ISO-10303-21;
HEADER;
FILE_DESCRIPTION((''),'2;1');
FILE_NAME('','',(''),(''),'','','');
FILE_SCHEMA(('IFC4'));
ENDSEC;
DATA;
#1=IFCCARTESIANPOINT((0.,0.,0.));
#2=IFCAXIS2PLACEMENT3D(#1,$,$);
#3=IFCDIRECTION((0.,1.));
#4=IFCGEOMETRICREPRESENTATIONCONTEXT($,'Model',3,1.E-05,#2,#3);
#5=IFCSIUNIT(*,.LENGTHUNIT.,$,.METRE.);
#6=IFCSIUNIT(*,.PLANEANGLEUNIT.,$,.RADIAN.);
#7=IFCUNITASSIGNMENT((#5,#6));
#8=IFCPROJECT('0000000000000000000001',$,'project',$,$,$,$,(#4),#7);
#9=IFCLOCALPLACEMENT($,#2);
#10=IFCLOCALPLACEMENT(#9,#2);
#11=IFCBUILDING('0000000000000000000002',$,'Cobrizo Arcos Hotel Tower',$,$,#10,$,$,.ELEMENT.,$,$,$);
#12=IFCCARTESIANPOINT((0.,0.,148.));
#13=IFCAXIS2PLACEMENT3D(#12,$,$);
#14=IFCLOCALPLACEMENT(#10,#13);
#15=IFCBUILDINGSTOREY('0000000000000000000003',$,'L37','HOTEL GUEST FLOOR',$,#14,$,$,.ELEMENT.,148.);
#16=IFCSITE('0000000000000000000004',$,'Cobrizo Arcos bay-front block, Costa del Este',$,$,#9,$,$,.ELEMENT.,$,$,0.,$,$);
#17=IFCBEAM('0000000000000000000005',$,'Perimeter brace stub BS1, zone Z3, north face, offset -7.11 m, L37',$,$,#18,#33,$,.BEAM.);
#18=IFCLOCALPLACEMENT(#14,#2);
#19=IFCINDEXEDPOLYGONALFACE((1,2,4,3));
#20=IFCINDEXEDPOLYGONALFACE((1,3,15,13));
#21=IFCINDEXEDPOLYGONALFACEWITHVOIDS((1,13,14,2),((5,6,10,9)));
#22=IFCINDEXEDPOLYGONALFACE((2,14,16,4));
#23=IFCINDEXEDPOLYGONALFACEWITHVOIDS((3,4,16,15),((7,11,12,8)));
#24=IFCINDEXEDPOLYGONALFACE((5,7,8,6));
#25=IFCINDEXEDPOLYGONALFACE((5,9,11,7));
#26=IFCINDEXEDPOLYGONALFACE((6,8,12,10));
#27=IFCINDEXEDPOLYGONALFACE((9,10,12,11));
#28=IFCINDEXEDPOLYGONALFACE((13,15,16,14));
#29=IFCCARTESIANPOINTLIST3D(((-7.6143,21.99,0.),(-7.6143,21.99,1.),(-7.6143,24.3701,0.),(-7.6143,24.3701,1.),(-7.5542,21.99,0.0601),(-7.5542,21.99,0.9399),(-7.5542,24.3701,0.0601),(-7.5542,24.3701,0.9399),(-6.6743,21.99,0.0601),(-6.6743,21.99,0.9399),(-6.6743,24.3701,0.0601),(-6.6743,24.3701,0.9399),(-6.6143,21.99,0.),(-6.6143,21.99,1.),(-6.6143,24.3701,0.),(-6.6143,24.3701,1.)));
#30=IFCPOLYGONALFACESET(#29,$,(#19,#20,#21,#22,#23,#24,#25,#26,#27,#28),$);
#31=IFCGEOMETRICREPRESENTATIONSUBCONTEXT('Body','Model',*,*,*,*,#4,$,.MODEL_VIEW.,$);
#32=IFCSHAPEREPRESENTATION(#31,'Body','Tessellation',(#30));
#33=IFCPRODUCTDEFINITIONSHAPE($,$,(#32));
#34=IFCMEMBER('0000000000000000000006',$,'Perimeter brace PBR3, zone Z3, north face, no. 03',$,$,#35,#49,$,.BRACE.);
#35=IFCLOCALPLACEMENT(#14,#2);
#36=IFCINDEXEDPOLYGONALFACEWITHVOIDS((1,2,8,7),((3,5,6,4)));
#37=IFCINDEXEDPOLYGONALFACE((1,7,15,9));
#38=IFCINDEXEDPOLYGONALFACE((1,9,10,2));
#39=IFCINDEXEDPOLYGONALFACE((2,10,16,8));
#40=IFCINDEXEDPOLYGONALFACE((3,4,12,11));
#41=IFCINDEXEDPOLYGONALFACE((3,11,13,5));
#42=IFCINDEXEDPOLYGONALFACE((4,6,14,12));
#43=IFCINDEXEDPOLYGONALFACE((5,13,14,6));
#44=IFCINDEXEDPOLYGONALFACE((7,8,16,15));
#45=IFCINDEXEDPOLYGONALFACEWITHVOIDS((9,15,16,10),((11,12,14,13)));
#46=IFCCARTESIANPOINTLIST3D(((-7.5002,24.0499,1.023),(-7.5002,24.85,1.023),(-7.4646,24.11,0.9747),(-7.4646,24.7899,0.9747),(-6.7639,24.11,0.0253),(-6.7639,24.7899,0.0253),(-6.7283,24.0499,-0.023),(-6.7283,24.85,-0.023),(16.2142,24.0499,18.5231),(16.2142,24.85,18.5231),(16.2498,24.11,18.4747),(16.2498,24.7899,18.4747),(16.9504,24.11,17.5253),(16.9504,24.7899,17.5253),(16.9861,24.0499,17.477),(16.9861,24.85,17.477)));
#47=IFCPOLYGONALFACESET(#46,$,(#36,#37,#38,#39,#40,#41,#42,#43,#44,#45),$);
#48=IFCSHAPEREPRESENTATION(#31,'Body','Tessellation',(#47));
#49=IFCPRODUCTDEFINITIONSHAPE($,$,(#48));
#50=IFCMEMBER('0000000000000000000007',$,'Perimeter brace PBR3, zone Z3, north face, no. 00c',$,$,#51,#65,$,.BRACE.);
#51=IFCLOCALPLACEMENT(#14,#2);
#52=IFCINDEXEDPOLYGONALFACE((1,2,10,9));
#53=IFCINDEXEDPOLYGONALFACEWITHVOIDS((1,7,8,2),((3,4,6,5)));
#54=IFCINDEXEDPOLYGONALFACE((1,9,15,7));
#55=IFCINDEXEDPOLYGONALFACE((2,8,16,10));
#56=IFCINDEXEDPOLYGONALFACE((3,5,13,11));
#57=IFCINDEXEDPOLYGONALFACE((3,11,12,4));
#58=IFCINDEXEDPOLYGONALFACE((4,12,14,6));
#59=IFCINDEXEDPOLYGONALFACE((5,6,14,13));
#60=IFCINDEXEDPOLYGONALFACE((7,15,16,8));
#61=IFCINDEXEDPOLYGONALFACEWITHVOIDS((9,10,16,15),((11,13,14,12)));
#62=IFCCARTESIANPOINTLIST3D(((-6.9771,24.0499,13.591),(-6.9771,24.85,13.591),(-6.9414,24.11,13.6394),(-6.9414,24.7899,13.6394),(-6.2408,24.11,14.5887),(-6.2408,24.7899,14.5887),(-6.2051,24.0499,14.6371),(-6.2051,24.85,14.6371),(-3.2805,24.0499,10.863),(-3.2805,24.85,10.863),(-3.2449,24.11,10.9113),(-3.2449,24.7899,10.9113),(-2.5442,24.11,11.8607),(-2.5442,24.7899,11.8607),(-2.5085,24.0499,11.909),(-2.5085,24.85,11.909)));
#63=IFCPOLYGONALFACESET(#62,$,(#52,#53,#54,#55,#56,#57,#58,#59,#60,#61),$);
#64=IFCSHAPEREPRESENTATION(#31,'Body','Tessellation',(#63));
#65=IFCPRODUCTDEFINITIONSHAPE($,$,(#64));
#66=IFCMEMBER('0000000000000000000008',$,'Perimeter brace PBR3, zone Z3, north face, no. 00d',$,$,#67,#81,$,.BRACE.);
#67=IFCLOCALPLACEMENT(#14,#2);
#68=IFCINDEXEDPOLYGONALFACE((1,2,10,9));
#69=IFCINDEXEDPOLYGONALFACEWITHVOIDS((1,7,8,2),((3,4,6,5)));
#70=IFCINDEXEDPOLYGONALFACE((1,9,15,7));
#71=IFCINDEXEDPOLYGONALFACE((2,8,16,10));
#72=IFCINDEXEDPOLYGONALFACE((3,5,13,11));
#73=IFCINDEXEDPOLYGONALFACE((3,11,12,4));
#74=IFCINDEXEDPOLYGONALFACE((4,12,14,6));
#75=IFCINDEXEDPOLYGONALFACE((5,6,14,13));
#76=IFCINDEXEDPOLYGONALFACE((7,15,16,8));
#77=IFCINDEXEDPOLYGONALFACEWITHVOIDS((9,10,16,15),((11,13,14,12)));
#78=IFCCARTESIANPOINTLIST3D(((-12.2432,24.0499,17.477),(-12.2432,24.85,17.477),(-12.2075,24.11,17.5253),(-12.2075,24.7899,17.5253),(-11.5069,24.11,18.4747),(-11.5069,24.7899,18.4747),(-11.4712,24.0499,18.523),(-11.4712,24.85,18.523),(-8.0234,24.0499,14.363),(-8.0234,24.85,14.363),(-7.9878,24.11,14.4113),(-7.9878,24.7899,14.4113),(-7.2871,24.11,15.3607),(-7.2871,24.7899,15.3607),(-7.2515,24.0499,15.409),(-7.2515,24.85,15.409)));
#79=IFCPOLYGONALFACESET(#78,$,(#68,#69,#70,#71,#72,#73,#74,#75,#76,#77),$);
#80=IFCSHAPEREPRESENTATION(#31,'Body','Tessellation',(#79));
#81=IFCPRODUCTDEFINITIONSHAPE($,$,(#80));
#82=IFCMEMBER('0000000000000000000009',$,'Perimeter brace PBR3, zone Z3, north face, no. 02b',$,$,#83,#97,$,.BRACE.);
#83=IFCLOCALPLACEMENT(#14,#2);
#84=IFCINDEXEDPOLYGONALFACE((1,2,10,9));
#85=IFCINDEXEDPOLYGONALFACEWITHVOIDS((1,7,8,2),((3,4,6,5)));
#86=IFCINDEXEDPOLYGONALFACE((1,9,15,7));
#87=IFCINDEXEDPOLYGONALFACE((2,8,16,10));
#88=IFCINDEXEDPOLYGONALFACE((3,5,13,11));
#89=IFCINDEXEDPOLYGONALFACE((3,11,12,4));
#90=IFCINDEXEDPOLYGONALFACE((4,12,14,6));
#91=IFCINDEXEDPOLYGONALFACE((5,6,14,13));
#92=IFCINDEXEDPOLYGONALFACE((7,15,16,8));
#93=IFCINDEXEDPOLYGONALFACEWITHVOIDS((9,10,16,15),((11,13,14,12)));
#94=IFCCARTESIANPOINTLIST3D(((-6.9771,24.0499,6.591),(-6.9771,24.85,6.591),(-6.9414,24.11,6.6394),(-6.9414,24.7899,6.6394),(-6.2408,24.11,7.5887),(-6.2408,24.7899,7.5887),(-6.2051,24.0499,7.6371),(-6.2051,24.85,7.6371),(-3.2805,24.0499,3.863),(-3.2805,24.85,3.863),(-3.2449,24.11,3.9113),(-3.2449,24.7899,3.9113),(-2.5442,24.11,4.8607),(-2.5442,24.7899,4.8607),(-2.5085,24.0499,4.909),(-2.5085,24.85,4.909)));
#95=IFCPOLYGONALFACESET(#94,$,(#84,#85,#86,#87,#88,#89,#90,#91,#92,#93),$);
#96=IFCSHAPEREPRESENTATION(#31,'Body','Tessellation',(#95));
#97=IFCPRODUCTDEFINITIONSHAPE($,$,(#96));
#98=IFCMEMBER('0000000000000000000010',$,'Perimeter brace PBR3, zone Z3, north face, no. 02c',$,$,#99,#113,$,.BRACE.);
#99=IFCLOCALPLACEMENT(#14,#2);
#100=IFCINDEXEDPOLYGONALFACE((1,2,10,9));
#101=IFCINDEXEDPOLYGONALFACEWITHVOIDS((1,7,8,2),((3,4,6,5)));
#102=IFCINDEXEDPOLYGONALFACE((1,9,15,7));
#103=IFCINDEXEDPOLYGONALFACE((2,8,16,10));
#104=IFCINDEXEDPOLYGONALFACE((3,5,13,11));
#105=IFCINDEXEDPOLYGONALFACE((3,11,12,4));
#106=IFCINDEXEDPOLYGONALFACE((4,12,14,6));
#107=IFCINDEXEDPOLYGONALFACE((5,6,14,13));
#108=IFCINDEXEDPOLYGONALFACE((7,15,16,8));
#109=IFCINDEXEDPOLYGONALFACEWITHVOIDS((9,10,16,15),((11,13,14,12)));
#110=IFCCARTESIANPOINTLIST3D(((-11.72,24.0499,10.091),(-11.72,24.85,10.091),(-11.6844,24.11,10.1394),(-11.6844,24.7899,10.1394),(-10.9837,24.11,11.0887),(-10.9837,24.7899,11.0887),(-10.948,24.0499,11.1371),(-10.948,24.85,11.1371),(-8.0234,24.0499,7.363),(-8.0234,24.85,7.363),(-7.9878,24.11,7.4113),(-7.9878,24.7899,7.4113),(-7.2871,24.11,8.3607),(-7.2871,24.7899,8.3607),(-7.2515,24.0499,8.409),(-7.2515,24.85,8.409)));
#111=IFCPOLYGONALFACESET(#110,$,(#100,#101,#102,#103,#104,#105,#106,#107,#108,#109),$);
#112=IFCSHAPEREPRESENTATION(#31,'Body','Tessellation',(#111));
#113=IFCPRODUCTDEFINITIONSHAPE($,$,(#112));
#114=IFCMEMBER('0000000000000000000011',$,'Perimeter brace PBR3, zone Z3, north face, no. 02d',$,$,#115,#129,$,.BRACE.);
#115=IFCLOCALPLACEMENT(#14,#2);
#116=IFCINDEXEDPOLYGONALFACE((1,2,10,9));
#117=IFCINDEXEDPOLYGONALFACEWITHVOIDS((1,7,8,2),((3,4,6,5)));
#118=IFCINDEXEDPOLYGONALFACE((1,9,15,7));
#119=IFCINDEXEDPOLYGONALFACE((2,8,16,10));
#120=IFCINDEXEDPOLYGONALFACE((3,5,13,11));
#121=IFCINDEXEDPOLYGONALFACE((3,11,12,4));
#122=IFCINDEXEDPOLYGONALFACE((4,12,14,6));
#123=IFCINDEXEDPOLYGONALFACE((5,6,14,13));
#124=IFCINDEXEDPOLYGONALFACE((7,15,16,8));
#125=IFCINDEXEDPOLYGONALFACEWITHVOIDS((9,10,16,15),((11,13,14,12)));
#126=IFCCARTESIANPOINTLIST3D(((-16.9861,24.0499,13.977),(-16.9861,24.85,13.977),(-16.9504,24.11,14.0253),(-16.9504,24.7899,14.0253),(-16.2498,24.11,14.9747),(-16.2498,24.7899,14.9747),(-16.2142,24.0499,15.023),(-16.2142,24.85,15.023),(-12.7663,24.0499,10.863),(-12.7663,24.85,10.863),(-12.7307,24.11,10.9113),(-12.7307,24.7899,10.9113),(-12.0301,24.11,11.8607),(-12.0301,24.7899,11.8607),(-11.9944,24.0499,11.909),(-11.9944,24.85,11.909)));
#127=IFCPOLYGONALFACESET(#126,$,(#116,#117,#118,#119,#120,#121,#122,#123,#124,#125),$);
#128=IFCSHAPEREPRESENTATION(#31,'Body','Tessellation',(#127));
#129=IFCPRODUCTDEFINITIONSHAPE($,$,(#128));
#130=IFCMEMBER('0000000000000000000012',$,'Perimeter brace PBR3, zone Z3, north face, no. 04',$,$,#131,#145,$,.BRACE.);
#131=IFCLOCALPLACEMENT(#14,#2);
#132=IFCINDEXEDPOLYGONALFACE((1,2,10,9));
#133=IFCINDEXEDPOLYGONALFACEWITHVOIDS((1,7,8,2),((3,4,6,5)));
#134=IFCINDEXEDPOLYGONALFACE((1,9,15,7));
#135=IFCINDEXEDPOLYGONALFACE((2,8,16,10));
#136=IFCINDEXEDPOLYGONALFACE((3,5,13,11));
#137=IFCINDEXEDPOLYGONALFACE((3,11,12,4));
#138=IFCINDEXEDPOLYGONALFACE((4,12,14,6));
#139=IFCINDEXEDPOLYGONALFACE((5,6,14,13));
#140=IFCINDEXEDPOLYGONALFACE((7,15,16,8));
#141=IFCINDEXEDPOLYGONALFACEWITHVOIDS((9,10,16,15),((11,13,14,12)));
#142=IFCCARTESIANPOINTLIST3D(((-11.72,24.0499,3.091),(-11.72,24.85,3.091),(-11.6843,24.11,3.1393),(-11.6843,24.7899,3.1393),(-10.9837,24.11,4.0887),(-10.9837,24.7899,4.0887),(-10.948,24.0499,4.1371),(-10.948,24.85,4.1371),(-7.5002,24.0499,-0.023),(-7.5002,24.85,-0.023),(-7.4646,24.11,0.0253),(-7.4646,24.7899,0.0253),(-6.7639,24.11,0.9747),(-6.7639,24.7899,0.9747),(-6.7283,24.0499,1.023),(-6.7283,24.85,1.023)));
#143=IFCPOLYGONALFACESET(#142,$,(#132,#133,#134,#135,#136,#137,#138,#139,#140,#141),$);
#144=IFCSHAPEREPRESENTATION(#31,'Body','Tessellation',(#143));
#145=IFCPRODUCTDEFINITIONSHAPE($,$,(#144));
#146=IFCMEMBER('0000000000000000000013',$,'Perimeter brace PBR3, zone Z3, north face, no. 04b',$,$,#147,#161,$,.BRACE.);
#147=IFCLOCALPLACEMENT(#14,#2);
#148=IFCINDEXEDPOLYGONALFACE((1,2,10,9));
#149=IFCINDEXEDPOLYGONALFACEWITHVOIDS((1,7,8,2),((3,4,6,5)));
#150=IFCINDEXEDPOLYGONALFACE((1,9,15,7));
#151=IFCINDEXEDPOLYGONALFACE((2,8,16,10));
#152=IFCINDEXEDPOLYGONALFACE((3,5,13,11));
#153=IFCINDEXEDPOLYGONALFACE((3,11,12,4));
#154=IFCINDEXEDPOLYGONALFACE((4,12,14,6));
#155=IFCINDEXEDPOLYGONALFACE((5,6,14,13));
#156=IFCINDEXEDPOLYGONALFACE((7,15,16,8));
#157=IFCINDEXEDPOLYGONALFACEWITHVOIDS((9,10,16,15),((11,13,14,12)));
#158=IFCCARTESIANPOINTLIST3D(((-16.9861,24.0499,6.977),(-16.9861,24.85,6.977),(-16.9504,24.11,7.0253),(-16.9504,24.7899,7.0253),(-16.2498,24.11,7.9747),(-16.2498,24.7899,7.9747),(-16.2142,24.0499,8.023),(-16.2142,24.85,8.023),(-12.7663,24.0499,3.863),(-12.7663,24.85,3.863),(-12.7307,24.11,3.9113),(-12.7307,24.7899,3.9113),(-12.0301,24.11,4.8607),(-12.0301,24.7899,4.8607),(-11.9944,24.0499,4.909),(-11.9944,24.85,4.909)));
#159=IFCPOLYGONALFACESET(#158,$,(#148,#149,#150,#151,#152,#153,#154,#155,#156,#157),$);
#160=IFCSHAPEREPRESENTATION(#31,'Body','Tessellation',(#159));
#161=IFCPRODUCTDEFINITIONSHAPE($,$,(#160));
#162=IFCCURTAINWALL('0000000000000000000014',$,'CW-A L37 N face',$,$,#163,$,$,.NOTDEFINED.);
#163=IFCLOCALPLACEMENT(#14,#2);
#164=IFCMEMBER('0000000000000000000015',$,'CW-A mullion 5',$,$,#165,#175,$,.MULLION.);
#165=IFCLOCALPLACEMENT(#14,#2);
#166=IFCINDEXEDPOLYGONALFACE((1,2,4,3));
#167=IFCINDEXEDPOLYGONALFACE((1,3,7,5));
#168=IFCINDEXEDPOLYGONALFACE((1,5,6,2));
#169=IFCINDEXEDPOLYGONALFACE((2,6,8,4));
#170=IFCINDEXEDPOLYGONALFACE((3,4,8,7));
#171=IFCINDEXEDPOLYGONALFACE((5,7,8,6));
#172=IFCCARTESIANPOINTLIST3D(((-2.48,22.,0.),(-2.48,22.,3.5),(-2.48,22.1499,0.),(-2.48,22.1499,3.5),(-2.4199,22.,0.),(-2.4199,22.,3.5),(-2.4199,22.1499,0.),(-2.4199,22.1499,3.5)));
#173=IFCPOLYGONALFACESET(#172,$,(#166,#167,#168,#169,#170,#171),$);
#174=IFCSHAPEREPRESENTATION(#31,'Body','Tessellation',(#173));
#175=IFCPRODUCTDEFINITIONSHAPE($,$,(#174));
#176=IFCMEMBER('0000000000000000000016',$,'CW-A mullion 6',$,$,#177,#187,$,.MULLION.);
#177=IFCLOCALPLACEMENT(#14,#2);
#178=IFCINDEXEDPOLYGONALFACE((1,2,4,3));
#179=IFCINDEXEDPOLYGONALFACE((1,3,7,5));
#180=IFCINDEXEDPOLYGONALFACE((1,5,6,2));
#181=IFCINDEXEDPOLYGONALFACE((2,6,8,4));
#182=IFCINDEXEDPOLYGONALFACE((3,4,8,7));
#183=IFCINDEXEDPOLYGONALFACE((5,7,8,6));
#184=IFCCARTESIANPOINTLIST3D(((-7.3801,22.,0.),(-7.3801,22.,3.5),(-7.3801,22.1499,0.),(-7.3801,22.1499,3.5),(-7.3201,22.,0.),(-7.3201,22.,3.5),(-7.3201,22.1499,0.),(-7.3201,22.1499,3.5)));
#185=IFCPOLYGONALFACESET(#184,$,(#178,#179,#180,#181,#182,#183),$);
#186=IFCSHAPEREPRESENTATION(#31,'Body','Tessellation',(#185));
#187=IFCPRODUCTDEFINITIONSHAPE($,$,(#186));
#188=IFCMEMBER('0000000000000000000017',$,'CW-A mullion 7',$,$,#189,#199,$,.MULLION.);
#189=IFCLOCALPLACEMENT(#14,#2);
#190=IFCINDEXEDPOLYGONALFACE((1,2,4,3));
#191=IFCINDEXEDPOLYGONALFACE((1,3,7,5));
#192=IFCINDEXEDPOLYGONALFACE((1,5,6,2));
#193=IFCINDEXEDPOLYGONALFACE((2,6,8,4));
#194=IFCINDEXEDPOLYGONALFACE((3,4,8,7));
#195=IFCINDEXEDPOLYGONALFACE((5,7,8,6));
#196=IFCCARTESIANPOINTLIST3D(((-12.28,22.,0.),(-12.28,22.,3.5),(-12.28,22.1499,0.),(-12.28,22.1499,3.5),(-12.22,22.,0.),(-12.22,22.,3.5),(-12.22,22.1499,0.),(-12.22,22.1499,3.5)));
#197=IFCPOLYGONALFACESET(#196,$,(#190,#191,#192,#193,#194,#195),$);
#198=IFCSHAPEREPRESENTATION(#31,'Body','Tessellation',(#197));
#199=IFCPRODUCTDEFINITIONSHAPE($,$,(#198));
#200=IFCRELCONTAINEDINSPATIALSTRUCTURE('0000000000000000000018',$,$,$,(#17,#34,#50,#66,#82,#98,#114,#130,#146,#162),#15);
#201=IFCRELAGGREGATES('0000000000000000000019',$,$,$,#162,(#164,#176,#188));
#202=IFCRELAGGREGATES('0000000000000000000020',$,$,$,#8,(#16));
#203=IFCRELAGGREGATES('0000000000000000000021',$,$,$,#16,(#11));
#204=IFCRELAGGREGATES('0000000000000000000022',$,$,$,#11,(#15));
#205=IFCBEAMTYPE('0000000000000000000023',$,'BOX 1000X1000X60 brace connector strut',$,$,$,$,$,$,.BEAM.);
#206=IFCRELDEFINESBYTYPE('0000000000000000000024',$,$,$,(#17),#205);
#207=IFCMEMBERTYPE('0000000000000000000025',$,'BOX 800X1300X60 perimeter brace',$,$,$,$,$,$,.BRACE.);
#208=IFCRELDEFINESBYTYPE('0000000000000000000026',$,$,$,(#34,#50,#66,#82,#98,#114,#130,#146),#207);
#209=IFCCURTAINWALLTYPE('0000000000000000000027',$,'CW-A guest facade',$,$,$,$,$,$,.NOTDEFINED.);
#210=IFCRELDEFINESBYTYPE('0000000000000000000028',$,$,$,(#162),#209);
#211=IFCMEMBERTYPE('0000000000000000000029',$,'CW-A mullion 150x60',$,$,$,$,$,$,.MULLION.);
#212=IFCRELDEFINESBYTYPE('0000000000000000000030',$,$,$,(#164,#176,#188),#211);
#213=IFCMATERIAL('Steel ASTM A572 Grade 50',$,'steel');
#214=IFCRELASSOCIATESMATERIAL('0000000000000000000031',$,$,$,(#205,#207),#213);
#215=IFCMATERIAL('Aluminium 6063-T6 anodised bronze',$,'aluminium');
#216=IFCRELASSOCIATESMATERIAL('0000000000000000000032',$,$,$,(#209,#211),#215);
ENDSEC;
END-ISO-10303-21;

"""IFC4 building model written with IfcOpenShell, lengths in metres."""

from ifc_helpers import new_model, si_unit, direction, frame, origin, origin_2d, place, context, subcontext, project, spatial, rectangle, hollow_rectangle, extrude, material, material_profile, profile_set, type_object, element, aggregate, save


model = new_model("IFC4")

# Units and contexts
model_context = context("Model", 3, precision=1e-05, world=origin(), true_north=direction((0.0, 1.0)))
body_context = subcontext(model_context, "Body", "Model", "MODEL_VIEW")
ifc_project = project(units=[si_unit("LENGTHUNIT", "METRE"), si_unit("PLANEANGLEUNIT", "RADIAN")], contexts=[model_context])

# Site, building, storey
site_placement = place(None, origin())
site = spatial("IfcSite", under=ifc_project, at=site_placement, Name="Cobrizo Arcos bay-front block, Costa del Este", CompositionType="ELEMENT", RefElevation=0.0)
building_placement = place(site_placement, origin())
building = spatial("IfcBuilding", under=site, at=building_placement, Name="Cobrizo Arcos Hotel Tower", CompositionType="ELEMENT")
storey_placement = place(building_placement, frame((0.0, 0.0, 148.0)))
storey = spatial("IfcBuildingStorey", under=building, at=storey_placement, Name="L37", Description="HOTEL GUEST FLOOR", CompositionType="ELEMENT", Elevation=148.0)

# Beam
ifc_material_1 = material(Name="Steel ASTM A572 Grade 50", Category="steel")
ifc_material_profile_1 = material_profile(ifc_material_1, hollow_rectangle(XDim=1.0, YDim=1.0, WallThickness=0.0601, at=origin_2d()), Name="BOX 1000X1000X60")
ifc_profile_set_1 = profile_set([ifc_material_profile_1], Name="Steel ASTM A572 Grade 50")
beam_type = type_object("IfcBeamType", Name="BOX 1000X1000X60 brace connector strut", PredefinedType="BEAM", material=ifc_profile_set_1)
beam_placement = place(storey_placement, frame((-7.1143, 21.99, 0.5), z_axis=(0.0, 1.0, 0.0), x_axis=(-1.0, 0.0, 0.0)))
element("IfcBeam", 1, at=beam_placement, inside=storey, type_object=beam_type, Name="Perimeter brace stub BS1, zone Z3, north face, offset -7.11 m, L37", PredefinedType="BEAM", context=body_context, shape_type="SweptSolid", body=[
    extrude(hollow_rectangle(XDim=1.0, YDim=1.0, WallThickness=0.0601, at=origin_2d()), origin(), (0.0, 0.0, 1.0), 2.3801),
])

# Members
ifc_material_profile_2 = material_profile(ifc_material_1, hollow_rectangle(XDim=0.8, YDim=1.3, WallThickness=0.0601, at=origin_2d()), Name="BOX 800X1300X60")
ifc_profile_set_2 = profile_set([ifc_material_profile_2], Name="Steel ASTM A572 Grade 50")
member_type_1 = type_object("IfcMemberType", Name="BOX 800X1300X60 perimeter brace", PredefinedType="BRACE", material=ifc_profile_set_2)
member_1_placement = place(storey_placement, frame((-7.1143, 24.45, 0.5), z_axis=(0.80463, 0.0, 0.593776), x_axis=(0.0, 1.0, 0.0)))
element("IfcMember", 2, at=member_1_placement, inside=storey, type_object=member_type_1, Name="Perimeter brace PBR3, zone Z3, north face, no. 03", PredefinedType="BRACE", context=body_context, shape_type="SweptSolid", body=[
    extrude(hollow_rectangle(XDim=0.8, YDim=1.3, WallThickness=0.0601, at=origin_2d()), origin(), (0.0, 0.0, 1.0), 29.4724),
])
member_2_placement = place(storey_placement, frame((-2.8945, 24.45, 11.386), z_axis=(-0.804612, 0.0, 0.593801), x_axis=(0.0, -1.0, 0.0)))
element("IfcMember", 3, at=member_2_placement, inside=storey, type_object=member_type_1, Name="Perimeter brace PBR3, zone Z3, north face, no. 00c", PredefinedType="BRACE", context=body_context, shape_type="SweptSolid", body=[
    extrude(hollow_rectangle(XDim=0.8, YDim=1.3, WallThickness=0.0601, at=origin_2d()), origin(), (0.0, 0.0, 1.0), 4.5942),
])
member_3_placement = place(storey_placement, frame((-7.6375, 24.45, 14.886), z_axis=(-0.804624, 0.0, 0.593785), x_axis=(0.0, -1.0, 0.0)))
element("IfcMember", 4, at=member_3_placement, inside=storey, type_object=member_type_1, Name="Perimeter brace PBR3, zone Z3, north face, no. 00d", PredefinedType="BRACE", context=body_context, shape_type="SweptSolid", body=[
    extrude(hollow_rectangle(XDim=0.8, YDim=1.3, WallThickness=0.0601, at=origin_2d()), origin(), (0.0, 0.0, 1.0), 5.2444),
])
for number, where, z_axis, x_axis, name in (
    (5, (-2.8945, 24.45, 4.386), (-0.804612, 0.0, 0.593801), (0.0, -1.0, 0.0), "Perimeter brace PBR3, zone Z3, north face, no. 02b"),
    (6, (-7.6375, 24.45, 7.886), (-0.804612, 0.0, 0.593801), (0.0, -1.0, 0.0), "Perimeter brace PBR3, zone Z3, north face, no. 02c"),
):
    element("IfcMember", number, at=place(storey_placement, frame(where, z_axis=z_axis, x_axis=x_axis)), inside=storey, type_object=member_type_1, Name=name, PredefinedType="BRACE", context=body_context, shape_type="SweptSolid", body=[
        extrude(hollow_rectangle(XDim=0.8, YDim=1.3, WallThickness=0.0601, at=origin_2d()), origin(), (0.0, 0.0, 1.0), 4.5942),
    ])
for number, where, z_axis, x_axis, name in (
    (7, (-12.3804, 24.45, 11.386), (-0.804624, 0.0, 0.593785), (0.0, -1.0, 0.0), "Perimeter brace PBR3, zone Z3, north face, no. 02d"),
    (8, (-7.1143, 24.45, 0.5), (-0.804624, 0.0, 0.593785), (0.0, -1.0, 0.0), "Perimeter brace PBR3, zone Z3, north face, no. 04"),
    (9, (-12.3804, 24.45, 4.386), (-0.804624, 0.0, 0.593785), (0.0, -1.0, 0.0), "Perimeter brace PBR3, zone Z3, north face, no. 04b"),
):
    element("IfcMember", number, at=place(storey_placement, frame(where, z_axis=z_axis, x_axis=x_axis)), inside=storey, type_object=member_type_1, Name=name, PredefinedType="BRACE", context=body_context, shape_type="SweptSolid", body=[
        extrude(hollow_rectangle(XDim=0.8, YDim=1.3, WallThickness=0.0601, at=origin_2d()), origin(), (0.0, 0.0, 1.0), 5.2444),
    ])

# Curtain wall, members
ifc_material_2 = material(Name="Aluminium 6063-T6 anodised bronze", Category="aluminium")
curtain_wall_type = type_object("IfcCurtainWallType", Name="CW-A guest facade", PredefinedType="NOTDEFINED", material=ifc_material_2)
curtain_wall_placement = place(storey_placement, origin())
curtain_wall = element("IfcCurtainWall", 10, at=curtain_wall_placement, inside=storey, type_object=curtain_wall_type, Name="CW-A L37 N face", PredefinedType="NOTDEFINED")
ifc_material_profile_3 = material_profile(ifc_material_2, rectangle(XDim=0.1499, YDim=0.0601, at=origin_2d()), Name="CW-A mullion 150x60")
ifc_profile_set_3 = profile_set([ifc_material_profile_3], Name="Aluminium 6063-T6 anodised bronze")
member_type_2 = type_object("IfcMemberType", Name="CW-A mullion 150x60", PredefinedType="MULLION", material=ifc_profile_set_3)
member_4_placement = place(storey_placement, frame((-2.45, 22.075, 0.0), z_axis=(0.0, 0.0, 1.0), x_axis=(0.0, 1.0, 0.0)))
member_4 = element("IfcMember", 11, at=member_4_placement, type_object=member_type_2, Name="CW-A mullion 5", PredefinedType="MULLION", context=body_context, shape_type="SweptSolid", body=[
    extrude(rectangle(XDim=0.1499, YDim=0.0601, at=origin_2d()), origin(), (0.0, 0.0, 1.0), 3.5),
])
member_5_placement = place(storey_placement, frame((-7.3501, 22.075, 0.0), z_axis=(0.0, 0.0, 1.0), x_axis=(0.0, 1.0, 0.0)))
member_5 = element("IfcMember", 12, at=member_5_placement, type_object=member_type_2, Name="CW-A mullion 6", PredefinedType="MULLION", context=body_context, shape_type="SweptSolid", body=[
    extrude(rectangle(XDim=0.1499, YDim=0.0601, at=origin_2d()), origin(), (0.0, 0.0, 1.0), 3.5),
])
member_6_placement = place(storey_placement, frame((-12.25, 22.075, 0.0), z_axis=(0.0, 0.0, 1.0), x_axis=(0.0, 1.0, 0.0)))
member_6 = element("IfcMember", 13, at=member_6_placement, type_object=member_type_2, Name="CW-A mullion 7", PredefinedType="MULLION", context=body_context, shape_type="SweptSolid", body=[
    extrude(rectangle(XDim=0.1499, YDim=0.0601, at=origin_2d()), origin(), (0.0, 0.0, 1.0), 3.5),
])
aggregate(curtain_wall, [member_4, member_5, member_6])

save(model, "model.ifc")
